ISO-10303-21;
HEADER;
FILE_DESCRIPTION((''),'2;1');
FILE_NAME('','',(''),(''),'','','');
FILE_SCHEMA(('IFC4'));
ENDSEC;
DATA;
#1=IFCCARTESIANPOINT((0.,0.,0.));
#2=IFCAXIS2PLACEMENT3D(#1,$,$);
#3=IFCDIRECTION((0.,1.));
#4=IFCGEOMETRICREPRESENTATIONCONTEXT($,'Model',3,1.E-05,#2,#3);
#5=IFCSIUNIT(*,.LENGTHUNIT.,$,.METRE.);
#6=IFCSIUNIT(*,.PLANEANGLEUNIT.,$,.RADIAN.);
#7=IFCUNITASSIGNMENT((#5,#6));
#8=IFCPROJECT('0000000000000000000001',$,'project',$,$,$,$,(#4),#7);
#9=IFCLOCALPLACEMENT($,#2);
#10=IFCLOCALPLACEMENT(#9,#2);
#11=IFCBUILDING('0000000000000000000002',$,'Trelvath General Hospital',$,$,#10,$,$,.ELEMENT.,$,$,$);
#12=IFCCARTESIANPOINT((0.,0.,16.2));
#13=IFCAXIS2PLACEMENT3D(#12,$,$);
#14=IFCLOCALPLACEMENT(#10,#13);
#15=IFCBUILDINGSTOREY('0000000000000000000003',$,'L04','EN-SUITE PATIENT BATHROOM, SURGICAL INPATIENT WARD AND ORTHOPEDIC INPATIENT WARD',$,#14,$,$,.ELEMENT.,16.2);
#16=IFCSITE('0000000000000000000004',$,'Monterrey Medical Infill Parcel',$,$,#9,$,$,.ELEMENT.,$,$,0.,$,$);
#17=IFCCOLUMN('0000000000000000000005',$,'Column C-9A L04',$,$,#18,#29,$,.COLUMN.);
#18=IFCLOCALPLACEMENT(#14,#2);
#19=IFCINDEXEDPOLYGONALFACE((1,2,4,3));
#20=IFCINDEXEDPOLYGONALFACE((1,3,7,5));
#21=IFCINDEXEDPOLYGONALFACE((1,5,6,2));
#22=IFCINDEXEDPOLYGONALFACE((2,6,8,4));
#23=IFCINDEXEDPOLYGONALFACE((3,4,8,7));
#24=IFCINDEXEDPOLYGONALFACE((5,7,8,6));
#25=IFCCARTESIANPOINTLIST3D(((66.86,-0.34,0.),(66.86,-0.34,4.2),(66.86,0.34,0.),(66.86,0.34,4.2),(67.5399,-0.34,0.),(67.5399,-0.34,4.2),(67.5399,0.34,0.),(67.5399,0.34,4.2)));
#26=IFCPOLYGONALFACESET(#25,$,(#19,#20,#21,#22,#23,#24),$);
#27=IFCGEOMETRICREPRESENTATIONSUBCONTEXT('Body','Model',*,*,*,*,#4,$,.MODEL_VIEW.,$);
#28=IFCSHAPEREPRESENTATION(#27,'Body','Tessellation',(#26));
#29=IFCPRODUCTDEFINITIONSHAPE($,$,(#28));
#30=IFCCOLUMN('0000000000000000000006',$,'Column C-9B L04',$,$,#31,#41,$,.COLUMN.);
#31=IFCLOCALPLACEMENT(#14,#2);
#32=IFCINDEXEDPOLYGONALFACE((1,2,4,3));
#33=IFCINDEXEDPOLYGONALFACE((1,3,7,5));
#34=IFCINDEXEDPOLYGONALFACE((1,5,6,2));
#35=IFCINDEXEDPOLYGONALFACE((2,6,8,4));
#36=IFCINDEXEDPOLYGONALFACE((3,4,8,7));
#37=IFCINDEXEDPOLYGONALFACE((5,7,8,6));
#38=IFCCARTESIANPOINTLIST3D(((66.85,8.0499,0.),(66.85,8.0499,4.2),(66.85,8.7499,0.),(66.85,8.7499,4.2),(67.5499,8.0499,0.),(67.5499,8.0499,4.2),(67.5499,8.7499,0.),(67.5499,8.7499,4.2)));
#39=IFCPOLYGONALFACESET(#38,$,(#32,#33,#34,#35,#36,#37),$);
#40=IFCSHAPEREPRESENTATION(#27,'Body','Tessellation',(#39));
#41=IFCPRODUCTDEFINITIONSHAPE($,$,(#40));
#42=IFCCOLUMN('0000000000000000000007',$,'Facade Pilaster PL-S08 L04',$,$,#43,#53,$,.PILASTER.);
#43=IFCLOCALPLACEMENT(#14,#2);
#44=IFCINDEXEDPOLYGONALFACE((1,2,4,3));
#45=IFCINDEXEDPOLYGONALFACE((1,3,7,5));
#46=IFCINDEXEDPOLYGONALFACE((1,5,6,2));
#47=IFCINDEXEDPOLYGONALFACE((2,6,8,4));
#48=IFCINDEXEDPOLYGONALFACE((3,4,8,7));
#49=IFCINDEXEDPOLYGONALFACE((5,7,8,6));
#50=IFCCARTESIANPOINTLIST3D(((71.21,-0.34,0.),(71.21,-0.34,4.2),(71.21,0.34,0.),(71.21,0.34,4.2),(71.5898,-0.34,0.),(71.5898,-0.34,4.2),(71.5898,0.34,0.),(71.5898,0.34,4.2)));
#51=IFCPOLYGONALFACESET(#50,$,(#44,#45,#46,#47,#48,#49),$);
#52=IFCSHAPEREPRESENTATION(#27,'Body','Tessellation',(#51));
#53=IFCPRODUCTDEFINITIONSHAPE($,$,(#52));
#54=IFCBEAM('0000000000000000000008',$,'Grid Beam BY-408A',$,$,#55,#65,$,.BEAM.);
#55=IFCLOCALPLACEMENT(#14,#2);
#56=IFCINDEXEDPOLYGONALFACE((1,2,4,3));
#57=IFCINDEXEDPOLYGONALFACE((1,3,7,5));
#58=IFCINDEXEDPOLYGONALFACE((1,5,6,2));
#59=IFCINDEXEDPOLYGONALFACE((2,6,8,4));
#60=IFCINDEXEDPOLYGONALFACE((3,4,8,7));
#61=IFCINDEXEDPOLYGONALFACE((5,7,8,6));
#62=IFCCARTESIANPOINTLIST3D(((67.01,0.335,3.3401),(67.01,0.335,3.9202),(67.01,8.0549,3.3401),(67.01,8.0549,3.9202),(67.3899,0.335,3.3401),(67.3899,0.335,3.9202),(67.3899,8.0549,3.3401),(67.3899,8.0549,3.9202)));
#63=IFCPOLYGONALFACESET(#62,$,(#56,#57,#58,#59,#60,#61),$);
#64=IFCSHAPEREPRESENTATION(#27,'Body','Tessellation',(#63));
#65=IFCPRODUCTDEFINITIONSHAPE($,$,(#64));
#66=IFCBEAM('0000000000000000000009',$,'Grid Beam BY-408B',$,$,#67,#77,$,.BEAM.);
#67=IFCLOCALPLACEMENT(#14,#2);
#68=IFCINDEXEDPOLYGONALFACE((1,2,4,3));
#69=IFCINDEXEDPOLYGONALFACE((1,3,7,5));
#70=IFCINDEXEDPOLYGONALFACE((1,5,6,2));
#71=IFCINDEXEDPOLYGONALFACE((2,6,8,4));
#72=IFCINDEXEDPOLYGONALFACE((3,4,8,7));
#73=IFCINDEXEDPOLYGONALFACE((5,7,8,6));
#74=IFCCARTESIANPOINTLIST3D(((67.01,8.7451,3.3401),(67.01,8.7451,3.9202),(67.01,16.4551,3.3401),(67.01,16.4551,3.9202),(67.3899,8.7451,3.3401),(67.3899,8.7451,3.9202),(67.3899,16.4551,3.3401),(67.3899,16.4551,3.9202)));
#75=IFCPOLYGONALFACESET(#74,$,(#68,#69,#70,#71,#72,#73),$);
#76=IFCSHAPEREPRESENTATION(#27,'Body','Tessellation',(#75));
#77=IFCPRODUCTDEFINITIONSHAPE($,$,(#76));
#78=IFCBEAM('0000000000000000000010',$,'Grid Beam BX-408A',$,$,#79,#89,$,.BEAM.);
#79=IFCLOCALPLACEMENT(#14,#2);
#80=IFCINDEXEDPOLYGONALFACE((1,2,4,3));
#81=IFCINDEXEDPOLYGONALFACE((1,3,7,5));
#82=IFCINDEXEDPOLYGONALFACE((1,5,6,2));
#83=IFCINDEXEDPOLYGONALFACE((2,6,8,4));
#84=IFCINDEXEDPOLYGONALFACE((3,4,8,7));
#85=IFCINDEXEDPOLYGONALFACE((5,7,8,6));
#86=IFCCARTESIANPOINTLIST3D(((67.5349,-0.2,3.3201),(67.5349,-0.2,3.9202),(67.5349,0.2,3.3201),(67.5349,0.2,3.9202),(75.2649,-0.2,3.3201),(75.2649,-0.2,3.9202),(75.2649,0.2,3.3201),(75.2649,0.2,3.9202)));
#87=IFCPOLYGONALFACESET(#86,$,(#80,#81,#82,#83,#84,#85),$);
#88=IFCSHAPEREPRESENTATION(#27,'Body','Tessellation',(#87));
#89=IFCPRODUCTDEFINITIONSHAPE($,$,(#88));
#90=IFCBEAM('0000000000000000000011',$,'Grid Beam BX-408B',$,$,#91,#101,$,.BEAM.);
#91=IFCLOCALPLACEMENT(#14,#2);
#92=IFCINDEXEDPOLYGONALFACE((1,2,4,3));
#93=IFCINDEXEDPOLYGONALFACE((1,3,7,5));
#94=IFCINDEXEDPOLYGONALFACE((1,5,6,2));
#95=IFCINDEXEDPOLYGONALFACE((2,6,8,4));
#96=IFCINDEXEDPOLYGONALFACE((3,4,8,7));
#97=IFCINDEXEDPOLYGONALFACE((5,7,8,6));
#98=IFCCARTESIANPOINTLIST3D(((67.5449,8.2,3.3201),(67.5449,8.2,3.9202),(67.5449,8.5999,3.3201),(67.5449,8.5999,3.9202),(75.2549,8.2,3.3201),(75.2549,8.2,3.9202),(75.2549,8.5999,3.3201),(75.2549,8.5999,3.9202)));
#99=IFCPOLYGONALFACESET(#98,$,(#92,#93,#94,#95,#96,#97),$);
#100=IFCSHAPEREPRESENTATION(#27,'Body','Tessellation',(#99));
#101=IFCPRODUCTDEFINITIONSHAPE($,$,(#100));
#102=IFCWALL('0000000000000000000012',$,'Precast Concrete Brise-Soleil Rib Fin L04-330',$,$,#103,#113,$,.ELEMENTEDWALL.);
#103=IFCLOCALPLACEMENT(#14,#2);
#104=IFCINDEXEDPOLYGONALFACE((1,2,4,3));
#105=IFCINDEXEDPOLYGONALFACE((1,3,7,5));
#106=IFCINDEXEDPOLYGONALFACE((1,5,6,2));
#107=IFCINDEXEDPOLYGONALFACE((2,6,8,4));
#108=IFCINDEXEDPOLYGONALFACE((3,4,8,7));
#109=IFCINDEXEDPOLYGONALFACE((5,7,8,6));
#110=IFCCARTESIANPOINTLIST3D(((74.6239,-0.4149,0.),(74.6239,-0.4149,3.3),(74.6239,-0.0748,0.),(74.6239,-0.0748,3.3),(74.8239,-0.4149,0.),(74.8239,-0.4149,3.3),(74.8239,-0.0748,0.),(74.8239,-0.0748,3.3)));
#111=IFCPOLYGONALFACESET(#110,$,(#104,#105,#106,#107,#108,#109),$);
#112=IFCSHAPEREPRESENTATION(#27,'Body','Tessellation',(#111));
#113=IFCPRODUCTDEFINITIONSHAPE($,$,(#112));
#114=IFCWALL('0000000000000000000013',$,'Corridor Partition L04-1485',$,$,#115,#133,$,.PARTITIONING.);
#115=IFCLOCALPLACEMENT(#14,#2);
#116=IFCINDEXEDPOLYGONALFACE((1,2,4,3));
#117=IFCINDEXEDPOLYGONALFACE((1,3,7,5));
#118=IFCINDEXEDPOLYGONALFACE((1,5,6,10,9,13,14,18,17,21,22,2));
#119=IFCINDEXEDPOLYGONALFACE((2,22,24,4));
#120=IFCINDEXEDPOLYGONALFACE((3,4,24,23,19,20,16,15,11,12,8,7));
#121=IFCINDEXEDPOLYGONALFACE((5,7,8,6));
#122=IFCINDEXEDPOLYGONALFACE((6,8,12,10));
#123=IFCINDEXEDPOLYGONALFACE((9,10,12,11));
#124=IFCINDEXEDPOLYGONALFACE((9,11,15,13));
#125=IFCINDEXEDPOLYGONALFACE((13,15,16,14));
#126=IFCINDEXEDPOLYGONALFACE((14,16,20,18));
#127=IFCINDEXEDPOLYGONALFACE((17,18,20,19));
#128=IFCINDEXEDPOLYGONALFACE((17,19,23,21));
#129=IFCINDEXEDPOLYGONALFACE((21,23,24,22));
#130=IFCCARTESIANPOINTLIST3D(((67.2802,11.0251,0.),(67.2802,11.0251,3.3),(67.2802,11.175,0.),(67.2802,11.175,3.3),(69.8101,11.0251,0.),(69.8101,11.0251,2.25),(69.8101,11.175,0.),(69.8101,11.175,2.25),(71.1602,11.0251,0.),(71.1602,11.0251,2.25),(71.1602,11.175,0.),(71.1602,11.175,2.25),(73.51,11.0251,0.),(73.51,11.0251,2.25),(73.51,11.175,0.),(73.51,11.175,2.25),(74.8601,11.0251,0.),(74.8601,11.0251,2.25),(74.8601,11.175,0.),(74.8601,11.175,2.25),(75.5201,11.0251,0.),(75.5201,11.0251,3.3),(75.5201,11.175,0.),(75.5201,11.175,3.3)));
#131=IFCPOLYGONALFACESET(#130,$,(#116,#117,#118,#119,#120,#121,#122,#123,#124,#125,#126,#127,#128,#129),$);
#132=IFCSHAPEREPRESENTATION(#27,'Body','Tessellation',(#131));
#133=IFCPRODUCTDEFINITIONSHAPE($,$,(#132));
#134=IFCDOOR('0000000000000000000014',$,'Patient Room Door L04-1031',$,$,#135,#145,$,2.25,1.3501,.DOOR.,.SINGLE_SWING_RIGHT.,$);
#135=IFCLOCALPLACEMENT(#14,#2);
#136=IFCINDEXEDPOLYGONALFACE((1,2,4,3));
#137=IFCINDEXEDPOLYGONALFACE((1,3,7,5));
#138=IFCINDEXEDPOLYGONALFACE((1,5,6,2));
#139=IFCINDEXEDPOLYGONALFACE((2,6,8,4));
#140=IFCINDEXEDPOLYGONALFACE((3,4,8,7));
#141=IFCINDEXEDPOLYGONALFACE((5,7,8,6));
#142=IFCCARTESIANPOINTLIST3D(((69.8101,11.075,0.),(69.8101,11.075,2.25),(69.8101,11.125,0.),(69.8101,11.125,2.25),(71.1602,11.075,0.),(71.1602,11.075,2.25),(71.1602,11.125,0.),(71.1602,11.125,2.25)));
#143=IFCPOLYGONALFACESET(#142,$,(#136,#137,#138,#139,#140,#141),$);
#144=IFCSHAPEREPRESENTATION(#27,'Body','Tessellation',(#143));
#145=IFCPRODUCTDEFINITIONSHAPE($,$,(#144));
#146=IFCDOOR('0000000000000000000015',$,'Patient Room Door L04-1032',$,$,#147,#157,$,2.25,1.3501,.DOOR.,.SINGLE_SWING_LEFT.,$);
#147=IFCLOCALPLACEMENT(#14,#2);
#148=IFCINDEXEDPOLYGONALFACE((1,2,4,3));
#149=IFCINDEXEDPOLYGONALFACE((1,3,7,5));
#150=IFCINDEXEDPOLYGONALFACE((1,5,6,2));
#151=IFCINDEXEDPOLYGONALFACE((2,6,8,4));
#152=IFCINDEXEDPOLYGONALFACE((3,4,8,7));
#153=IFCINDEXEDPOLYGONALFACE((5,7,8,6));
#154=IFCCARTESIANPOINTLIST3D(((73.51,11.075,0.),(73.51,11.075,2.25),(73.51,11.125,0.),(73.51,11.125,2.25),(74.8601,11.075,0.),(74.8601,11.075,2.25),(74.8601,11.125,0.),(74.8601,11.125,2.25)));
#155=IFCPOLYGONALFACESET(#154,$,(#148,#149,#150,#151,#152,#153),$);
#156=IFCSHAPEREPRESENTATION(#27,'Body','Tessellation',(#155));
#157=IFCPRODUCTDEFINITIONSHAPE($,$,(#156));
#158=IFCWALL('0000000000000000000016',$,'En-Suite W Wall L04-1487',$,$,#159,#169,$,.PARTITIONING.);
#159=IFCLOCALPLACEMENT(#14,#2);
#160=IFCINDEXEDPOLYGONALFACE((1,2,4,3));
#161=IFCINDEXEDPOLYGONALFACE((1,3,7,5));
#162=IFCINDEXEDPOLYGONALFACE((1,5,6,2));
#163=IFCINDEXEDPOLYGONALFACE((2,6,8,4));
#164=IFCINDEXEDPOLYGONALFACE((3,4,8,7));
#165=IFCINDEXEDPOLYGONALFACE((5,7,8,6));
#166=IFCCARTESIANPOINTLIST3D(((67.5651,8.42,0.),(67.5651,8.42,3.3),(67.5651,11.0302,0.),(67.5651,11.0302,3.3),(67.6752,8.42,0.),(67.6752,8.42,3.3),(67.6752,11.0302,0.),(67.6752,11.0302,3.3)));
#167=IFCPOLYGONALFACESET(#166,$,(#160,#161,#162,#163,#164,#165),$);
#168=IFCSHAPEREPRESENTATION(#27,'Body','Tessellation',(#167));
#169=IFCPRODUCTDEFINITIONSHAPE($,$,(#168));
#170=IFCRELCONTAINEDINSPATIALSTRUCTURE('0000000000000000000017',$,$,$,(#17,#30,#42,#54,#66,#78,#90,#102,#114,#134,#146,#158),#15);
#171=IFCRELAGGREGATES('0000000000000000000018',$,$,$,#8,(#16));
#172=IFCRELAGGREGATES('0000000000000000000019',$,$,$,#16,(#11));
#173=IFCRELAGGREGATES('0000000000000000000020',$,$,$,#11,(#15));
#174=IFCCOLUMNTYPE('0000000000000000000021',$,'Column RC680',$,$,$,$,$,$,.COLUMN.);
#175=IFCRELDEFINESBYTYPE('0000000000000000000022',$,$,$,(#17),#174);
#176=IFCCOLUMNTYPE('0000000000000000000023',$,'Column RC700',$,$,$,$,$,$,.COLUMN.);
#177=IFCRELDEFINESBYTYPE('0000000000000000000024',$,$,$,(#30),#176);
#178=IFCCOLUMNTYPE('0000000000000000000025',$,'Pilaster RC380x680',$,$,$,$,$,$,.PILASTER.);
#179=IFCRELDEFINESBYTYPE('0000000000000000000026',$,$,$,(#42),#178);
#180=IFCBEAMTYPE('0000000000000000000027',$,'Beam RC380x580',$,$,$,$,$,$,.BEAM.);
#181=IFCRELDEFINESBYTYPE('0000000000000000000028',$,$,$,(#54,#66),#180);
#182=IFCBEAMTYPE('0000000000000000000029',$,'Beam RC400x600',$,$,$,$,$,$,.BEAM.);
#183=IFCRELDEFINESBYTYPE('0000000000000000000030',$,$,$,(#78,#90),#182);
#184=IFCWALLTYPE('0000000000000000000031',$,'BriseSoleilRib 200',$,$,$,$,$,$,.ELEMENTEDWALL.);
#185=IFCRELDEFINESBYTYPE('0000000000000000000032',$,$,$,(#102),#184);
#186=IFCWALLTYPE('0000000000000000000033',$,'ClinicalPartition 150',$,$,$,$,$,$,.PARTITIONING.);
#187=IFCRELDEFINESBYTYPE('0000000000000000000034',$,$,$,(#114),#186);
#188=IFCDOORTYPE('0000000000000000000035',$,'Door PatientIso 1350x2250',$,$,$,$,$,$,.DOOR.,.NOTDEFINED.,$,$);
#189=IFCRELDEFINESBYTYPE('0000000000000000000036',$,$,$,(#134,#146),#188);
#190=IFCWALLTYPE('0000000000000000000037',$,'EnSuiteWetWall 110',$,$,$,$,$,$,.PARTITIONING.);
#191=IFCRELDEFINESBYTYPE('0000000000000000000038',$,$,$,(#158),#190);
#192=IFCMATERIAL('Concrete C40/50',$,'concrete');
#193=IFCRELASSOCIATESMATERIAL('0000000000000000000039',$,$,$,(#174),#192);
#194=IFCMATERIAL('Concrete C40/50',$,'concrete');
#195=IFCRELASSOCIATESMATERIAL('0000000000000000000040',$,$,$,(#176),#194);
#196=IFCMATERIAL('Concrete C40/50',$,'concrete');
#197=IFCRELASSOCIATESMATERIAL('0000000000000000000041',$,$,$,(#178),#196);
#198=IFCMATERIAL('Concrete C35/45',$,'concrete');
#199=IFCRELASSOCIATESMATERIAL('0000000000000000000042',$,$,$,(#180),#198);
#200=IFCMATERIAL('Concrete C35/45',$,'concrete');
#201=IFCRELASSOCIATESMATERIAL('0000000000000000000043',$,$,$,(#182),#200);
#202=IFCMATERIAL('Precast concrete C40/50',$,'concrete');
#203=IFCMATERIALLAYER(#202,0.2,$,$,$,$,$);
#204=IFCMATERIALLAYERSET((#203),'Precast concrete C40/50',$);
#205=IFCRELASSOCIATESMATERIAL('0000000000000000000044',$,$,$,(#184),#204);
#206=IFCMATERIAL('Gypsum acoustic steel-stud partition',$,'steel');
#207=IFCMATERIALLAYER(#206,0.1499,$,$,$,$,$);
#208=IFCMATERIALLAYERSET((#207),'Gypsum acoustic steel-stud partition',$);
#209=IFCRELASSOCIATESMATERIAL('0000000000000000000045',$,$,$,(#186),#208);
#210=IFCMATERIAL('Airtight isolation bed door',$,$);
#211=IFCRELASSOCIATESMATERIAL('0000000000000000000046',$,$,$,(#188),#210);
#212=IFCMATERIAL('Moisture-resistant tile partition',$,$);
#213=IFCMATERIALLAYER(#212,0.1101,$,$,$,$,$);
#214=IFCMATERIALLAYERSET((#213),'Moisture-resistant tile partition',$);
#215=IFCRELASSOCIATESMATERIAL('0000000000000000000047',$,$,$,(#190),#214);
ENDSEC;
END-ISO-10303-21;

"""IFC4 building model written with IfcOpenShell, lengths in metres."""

from ifc_helpers import new_model, si_unit, direction, frame, frame_2d, origin, origin_2d, place, context, subcontext, project, spatial, rectangle, extrude, material, layer, layer_set, material_profile, profile_set, type_object, element, fill, save


model = new_model("IFC4")

# Units and contexts
model_context = context("Model", 3, precision=1e-05, world=origin(), true_north=direction((0.0, 1.0)))
body_context = subcontext(model_context, "Body", "Model", "MODEL_VIEW")
ifc_project = project(units=[si_unit("LENGTHUNIT", "METRE"), si_unit("PLANEANGLEUNIT", "RADIAN")], contexts=[model_context])

# Site, building, storey
site_placement = place(None, origin())
site = spatial("IfcSite", under=ifc_project, at=site_placement, Name="Monterrey Medical Infill Parcel", CompositionType="ELEMENT", RefElevation=0.0)
building_placement = place(site_placement, origin())
building = spatial("IfcBuilding", under=site, at=building_placement, Name="Trelvath General Hospital", CompositionType="ELEMENT")
storey_placement = place(building_placement, frame((0.0, 0.0, 16.2)))
storey = spatial("IfcBuildingStorey", under=building, at=storey_placement, Name="L04", Description="EN-SUITE PATIENT BATHROOM, SURGICAL INPATIENT WARD AND ORTHOPEDIC INPATIENT WARD", CompositionType="ELEMENT", Elevation=16.2)

# Columns
ifc_material_1 = material(Name="Concrete C40/50", Category="concrete")
ifc_material_profile_1 = material_profile(ifc_material_1, rectangle(XDim=0.6799, YDim=0.6799, at=origin_2d()), Name="RC680x680")
ifc_profile_set_1 = profile_set([ifc_material_profile_1], Name="Concrete C40/50")
column_type_1 = type_object("IfcColumnType", Name="Column RC680", PredefinedType="COLUMN", material=ifc_profile_set_1)
column_1_placement = place(storey_placement, frame((67.2, 0.0, 0.0), z_axis=(0.0, 0.0, 1.0), x_axis=(1.0, 0.0, 0.0)))
element("IfcColumn", 1, at=column_1_placement, inside=storey, type_object=column_type_1, Name="Column C-9A L04", PredefinedType="COLUMN", context=body_context, shape_type="SweptSolid", body=[
    extrude(rectangle(XDim=0.6799, YDim=0.6799, at=origin_2d()), origin(), (0.0, 0.0, 1.0), 4.2),
])
ifc_material_2 = material(Name="Concrete C40/50", Category="concrete")
ifc_material_profile_2 = material_profile(ifc_material_2, rectangle(XDim=0.7, YDim=0.7, at=origin_2d()), Name="RC700x700")
ifc_profile_set_2 = profile_set([ifc_material_profile_2], Name="Concrete C40/50")
column_type_2 = type_object("IfcColumnType", Name="Column RC700", PredefinedType="COLUMN", material=ifc_profile_set_2)
column_2_placement = place(storey_placement, frame((67.2, 8.3999, 0.0), z_axis=(0.0, 0.0, 1.0), x_axis=(1.0, 0.0, 0.0)))
element("IfcColumn", 2, at=column_2_placement, inside=storey, type_object=column_type_2, Name="Column C-9B L04", PredefinedType="COLUMN", context=body_context, shape_type="SweptSolid", body=[
    extrude(rectangle(XDim=0.7, YDim=0.7, at=origin_2d()), origin(), (0.0, 0.0, 1.0), 4.2),
])
ifc_material_3 = material(Name="Concrete C40/50", Category="concrete")
ifc_material_profile_3 = material_profile(ifc_material_3, rectangle(XDim=0.3799, YDim=0.6799, at=origin_2d()), Name="RC380x680")
ifc_profile_set_3 = profile_set([ifc_material_profile_3], Name="Concrete C40/50")
column_type_3 = type_object("IfcColumnType", Name="Pilaster RC380x680", PredefinedType="PILASTER", material=ifc_profile_set_3)
column_3_placement = place(storey_placement, frame((71.3999, 0.0, 0.0), z_axis=(0.0, 0.0, 1.0), x_axis=(1.0, 0.0, 0.0)))
element("IfcColumn", 3, at=column_3_placement, inside=storey, type_object=column_type_3, Name="Facade Pilaster PL-S08 L04", PredefinedType="PILASTER", context=body_context, shape_type="SweptSolid", body=[
    extrude(rectangle(XDim=0.3799, YDim=0.6799, at=origin_2d()), origin(), (0.0, 0.0, 1.0), 4.2),
])

# Beams
ifc_material_4 = material(Name="Concrete C35/45", Category="concrete")
ifc_material_profile_4 = material_profile(ifc_material_4, rectangle(XDim=0.3799, YDim=0.5801, at=origin_2d()), Name="RCB380x580")
ifc_profile_set_4 = profile_set([ifc_material_profile_4], Name="Concrete C35/45")
beam_type_1 = type_object("IfcBeamType", Name="Beam RC380x580", PredefinedType="BEAM", material=ifc_profile_set_4)
beam_1_placement = place(storey_placement, frame((67.2, 0.335, 3.6301), z_axis=(0.0, 1.0, 0.0), x_axis=(-1.0, 0.0, 0.0)))
element("IfcBeam", 4, at=beam_1_placement, inside=storey, type_object=beam_type_1, Name="Grid Beam BY-408A", PredefinedType="BEAM", context=body_context, shape_type="SweptSolid", body=[
    extrude(rectangle(XDim=0.3799, YDim=0.5801, at=origin_2d()), origin(), (0.0, 0.0, 1.0), 7.72),
])
beam_2_placement = place(storey_placement, frame((67.2, 8.7451, 3.6301), z_axis=(0.0, 1.0, 0.0), x_axis=(-1.0, 0.0, 0.0)))
element("IfcBeam", 5, at=beam_2_placement, inside=storey, type_object=beam_type_1, Name="Grid Beam BY-408B", PredefinedType="BEAM", context=body_context, shape_type="SweptSolid", body=[
    extrude(rectangle(XDim=0.3799, YDim=0.5801, at=origin_2d()), origin(), (0.0, 0.0, 1.0), 7.71),
])
ifc_material_5 = material(Name="Concrete C35/45", Category="concrete")
ifc_material_profile_5 = material_profile(ifc_material_5, rectangle(XDim=0.3999, YDim=0.6001, at=origin_2d()), Name="RCB400x600")
ifc_profile_set_5 = profile_set([ifc_material_profile_5], Name="Concrete C35/45")
beam_type_2 = type_object("IfcBeamType", Name="Beam RC400x600", PredefinedType="BEAM", material=ifc_profile_set_5)
beam_3_placement = place(storey_placement, frame((67.5349, 0.0, 3.6201), z_axis=(1.0, 0.0, 0.0), x_axis=(0.0, 1.0, 0.0)))
element("IfcBeam", 6, at=beam_3_placement, inside=storey, type_object=beam_type_2, Name="Grid Beam BX-408A", PredefinedType="BEAM", context=body_context, shape_type="SweptSolid", body=[
    extrude(rectangle(XDim=0.3999, YDim=0.6001, at=origin_2d()), origin(), (0.0, 0.0, 1.0), 7.73),
])
beam_4_placement = place(storey_placement, frame((67.5449, 8.3999, 3.6201), z_axis=(1.0, 0.0, 0.0), x_axis=(0.0, 1.0, 0.0)))
element("IfcBeam", 7, at=beam_4_placement, inside=storey, type_object=beam_type_2, Name="Grid Beam BX-408B", PredefinedType="BEAM", context=body_context, shape_type="SweptSolid", body=[
    extrude(rectangle(XDim=0.3999, YDim=0.6001, at=origin_2d()), origin(), (0.0, 0.0, 1.0), 7.71),
])

# Wall
ifc_material_6 = material(Name="Precast concrete C40/50", Category="concrete")
ifc_layer_1 = layer(ifc_material_6, 0.2)
ifc_layer_set_1 = layer_set([ifc_layer_1], Name="Precast concrete C40/50")
wall_type_1 = type_object("IfcWallType", Name="BriseSoleilRib 200", PredefinedType="ELEMENTEDWALL", material=ifc_layer_set_1)
wall_1_placement = place(storey_placement, frame((74.7239, -0.075, 0.0), z_axis=(0.0, 0.0, 1.0), x_axis=(0.0, -1.0, 0.0)))
element("IfcWall", 8, at=wall_1_placement, inside=storey, type_object=wall_type_1, Name="Precast Concrete Brise-Soleil Rib Fin L04-330", PredefinedType="ELEMENTEDWALL", context=body_context, shape_type="SweptSolid", body=[
    extrude(rectangle(XDim=0.3401, YDim=0.2, at=frame_2d((0.1699, 0.0))), origin(), (0.0, 0.0, 1.0), 3.3),
])

# Wall, openings, doors
ifc_material_7 = material(Name="Gypsum acoustic steel-stud partition", Category="steel")
ifc_layer_2 = layer(ifc_material_7, 0.1499)
ifc_layer_set_2 = layer_set([ifc_layer_2], Name="Gypsum acoustic steel-stud partition")
wall_type_2 = type_object("IfcWallType", Name="ClinicalPartition 150", PredefinedType="PARTITIONING", material=ifc_layer_set_2)
wall_2_placement = place(storey_placement, frame((67.28, 11.1001, 0.0), z_axis=(0.0, 0.0, 1.0), x_axis=(1.0, 0.0, 0.0)))
wall_2 = element("IfcWall", 9, at=wall_2_placement, inside=storey, type_object=wall_type_2, Name="Corridor Partition L04-1485", PredefinedType="PARTITIONING", context=body_context, shape_type="SweptSolid", body=[
    extrude(rectangle(XDim=8.24, YDim=0.1499, at=frame_2d((4.1201, 0.0))), origin(), (0.0, 0.0, 1.0), 3.3),
])
opening_1_placement = place(wall_2_placement, frame((2.53, 0.0, 0.0)))
opening_1 = element("IfcOpeningElement", 10, at=opening_1_placement, cuts=wall_2, PredefinedType="OPENING", context=body_context, shape_type="SweptSolid", body=[
    extrude(rectangle(XDim=1.3501, YDim=2.25, at=frame_2d((0.675, 1.125))), frame((0.0, 0.085, 0.0), z_axis=(0.0, -1.0, 0.0), x_axis=(1.0, 0.0, 0.0)), (0.0, 0.0, 1.0), 0.1699),
])
opening_2_placement = place(wall_2_placement, frame((6.23, 0.0, 0.0)))
opening_2 = element("IfcOpeningElement", 11, at=opening_2_placement, cuts=wall_2, PredefinedType="OPENING", context=body_context, shape_type="SweptSolid", body=[
    extrude(rectangle(XDim=1.3501, YDim=2.25, at=frame_2d((0.675, 1.125))), frame((0.0, 0.085, 0.0), z_axis=(0.0, -1.0, 0.0), x_axis=(1.0, 0.0, 0.0)), (0.0, 0.0, 1.0), 0.1699),
])
ifc_material_8 = material(Name="Airtight isolation bed door")
door_type_1 = type_object("IfcDoorType", Name="Door PatientIso 1350x2250", OperationType="NOTDEFINED", PredefinedType="DOOR", material=ifc_material_8)
door_1_placement = place(opening_1_placement, origin())
door_1 = element("IfcDoor", 12, at=door_1_placement, inside=storey, type_object=door_type_1, Name="Patient Room Door L04-1031", OperationType="SINGLE_SWING_RIGHT", OverallHeight=2.25, OverallWidth=1.3501, PredefinedType="DOOR", context=body_context, shape_type="SweptSolid", body=[
    extrude(rectangle(XDim=1.3501, YDim=2.25, at=frame_2d((0.675, 1.125))), frame((0.0, 0.0249, 0.0), z_axis=(0.0, -1.0, 0.0), x_axis=(1.0, 0.0, 0.0)), (0.0, 0.0, 1.0), 0.05),
])
fill(opening_1, door_1)
door_2_placement = place(opening_2_placement, origin())
door_2 = element("IfcDoor", 13, at=door_2_placement, inside=storey, type_object=door_type_1, Name="Patient Room Door L04-1032", OperationType="SINGLE_SWING_LEFT", OverallHeight=2.25, OverallWidth=1.3501, PredefinedType="DOOR", context=body_context, shape_type="SweptSolid", body=[
    extrude(rectangle(XDim=1.3501, YDim=2.25, at=frame_2d((0.675, 1.125))), frame((0.0, 0.0249, 0.0), z_axis=(0.0, -1.0, 0.0), x_axis=(1.0, 0.0, 0.0)), (0.0, 0.0, 1.0), 0.05),
])
fill(opening_2, door_2)

# Wall
ifc_material_9 = material(Name="Moisture-resistant tile partition")
ifc_layer_3 = layer(ifc_material_9, 0.1101)
ifc_layer_set_3 = layer_set([ifc_layer_3], Name="Moisture-resistant tile partition")
wall_type_3 = type_object("IfcWallType", Name="EnSuiteWetWall 110", PredefinedType="PARTITIONING", material=ifc_layer_set_3)
for number, where, z_axis, x_axis, name in (
    (14, (67.6201, 8.4199, 0.0), (0.0, 0.0, 1.0), (0.0, 1.0, 0.0), "En-Suite W Wall L04-1487"),
):
    element("IfcWall", number, at=place(storey_placement, frame(where, z_axis=z_axis, x_axis=x_axis)), inside=storey, type_object=wall_type_3, Name=name, PredefinedType="PARTITIONING", context=body_context, shape_type="SweptSolid", body=[
        extrude(rectangle(XDim=2.6101, YDim=0.1101, at=frame_2d((1.3052, 0.0))), origin(), (0.0, 0.0, 1.0), 3.3),
    ])

save(model, "model.ifc")
